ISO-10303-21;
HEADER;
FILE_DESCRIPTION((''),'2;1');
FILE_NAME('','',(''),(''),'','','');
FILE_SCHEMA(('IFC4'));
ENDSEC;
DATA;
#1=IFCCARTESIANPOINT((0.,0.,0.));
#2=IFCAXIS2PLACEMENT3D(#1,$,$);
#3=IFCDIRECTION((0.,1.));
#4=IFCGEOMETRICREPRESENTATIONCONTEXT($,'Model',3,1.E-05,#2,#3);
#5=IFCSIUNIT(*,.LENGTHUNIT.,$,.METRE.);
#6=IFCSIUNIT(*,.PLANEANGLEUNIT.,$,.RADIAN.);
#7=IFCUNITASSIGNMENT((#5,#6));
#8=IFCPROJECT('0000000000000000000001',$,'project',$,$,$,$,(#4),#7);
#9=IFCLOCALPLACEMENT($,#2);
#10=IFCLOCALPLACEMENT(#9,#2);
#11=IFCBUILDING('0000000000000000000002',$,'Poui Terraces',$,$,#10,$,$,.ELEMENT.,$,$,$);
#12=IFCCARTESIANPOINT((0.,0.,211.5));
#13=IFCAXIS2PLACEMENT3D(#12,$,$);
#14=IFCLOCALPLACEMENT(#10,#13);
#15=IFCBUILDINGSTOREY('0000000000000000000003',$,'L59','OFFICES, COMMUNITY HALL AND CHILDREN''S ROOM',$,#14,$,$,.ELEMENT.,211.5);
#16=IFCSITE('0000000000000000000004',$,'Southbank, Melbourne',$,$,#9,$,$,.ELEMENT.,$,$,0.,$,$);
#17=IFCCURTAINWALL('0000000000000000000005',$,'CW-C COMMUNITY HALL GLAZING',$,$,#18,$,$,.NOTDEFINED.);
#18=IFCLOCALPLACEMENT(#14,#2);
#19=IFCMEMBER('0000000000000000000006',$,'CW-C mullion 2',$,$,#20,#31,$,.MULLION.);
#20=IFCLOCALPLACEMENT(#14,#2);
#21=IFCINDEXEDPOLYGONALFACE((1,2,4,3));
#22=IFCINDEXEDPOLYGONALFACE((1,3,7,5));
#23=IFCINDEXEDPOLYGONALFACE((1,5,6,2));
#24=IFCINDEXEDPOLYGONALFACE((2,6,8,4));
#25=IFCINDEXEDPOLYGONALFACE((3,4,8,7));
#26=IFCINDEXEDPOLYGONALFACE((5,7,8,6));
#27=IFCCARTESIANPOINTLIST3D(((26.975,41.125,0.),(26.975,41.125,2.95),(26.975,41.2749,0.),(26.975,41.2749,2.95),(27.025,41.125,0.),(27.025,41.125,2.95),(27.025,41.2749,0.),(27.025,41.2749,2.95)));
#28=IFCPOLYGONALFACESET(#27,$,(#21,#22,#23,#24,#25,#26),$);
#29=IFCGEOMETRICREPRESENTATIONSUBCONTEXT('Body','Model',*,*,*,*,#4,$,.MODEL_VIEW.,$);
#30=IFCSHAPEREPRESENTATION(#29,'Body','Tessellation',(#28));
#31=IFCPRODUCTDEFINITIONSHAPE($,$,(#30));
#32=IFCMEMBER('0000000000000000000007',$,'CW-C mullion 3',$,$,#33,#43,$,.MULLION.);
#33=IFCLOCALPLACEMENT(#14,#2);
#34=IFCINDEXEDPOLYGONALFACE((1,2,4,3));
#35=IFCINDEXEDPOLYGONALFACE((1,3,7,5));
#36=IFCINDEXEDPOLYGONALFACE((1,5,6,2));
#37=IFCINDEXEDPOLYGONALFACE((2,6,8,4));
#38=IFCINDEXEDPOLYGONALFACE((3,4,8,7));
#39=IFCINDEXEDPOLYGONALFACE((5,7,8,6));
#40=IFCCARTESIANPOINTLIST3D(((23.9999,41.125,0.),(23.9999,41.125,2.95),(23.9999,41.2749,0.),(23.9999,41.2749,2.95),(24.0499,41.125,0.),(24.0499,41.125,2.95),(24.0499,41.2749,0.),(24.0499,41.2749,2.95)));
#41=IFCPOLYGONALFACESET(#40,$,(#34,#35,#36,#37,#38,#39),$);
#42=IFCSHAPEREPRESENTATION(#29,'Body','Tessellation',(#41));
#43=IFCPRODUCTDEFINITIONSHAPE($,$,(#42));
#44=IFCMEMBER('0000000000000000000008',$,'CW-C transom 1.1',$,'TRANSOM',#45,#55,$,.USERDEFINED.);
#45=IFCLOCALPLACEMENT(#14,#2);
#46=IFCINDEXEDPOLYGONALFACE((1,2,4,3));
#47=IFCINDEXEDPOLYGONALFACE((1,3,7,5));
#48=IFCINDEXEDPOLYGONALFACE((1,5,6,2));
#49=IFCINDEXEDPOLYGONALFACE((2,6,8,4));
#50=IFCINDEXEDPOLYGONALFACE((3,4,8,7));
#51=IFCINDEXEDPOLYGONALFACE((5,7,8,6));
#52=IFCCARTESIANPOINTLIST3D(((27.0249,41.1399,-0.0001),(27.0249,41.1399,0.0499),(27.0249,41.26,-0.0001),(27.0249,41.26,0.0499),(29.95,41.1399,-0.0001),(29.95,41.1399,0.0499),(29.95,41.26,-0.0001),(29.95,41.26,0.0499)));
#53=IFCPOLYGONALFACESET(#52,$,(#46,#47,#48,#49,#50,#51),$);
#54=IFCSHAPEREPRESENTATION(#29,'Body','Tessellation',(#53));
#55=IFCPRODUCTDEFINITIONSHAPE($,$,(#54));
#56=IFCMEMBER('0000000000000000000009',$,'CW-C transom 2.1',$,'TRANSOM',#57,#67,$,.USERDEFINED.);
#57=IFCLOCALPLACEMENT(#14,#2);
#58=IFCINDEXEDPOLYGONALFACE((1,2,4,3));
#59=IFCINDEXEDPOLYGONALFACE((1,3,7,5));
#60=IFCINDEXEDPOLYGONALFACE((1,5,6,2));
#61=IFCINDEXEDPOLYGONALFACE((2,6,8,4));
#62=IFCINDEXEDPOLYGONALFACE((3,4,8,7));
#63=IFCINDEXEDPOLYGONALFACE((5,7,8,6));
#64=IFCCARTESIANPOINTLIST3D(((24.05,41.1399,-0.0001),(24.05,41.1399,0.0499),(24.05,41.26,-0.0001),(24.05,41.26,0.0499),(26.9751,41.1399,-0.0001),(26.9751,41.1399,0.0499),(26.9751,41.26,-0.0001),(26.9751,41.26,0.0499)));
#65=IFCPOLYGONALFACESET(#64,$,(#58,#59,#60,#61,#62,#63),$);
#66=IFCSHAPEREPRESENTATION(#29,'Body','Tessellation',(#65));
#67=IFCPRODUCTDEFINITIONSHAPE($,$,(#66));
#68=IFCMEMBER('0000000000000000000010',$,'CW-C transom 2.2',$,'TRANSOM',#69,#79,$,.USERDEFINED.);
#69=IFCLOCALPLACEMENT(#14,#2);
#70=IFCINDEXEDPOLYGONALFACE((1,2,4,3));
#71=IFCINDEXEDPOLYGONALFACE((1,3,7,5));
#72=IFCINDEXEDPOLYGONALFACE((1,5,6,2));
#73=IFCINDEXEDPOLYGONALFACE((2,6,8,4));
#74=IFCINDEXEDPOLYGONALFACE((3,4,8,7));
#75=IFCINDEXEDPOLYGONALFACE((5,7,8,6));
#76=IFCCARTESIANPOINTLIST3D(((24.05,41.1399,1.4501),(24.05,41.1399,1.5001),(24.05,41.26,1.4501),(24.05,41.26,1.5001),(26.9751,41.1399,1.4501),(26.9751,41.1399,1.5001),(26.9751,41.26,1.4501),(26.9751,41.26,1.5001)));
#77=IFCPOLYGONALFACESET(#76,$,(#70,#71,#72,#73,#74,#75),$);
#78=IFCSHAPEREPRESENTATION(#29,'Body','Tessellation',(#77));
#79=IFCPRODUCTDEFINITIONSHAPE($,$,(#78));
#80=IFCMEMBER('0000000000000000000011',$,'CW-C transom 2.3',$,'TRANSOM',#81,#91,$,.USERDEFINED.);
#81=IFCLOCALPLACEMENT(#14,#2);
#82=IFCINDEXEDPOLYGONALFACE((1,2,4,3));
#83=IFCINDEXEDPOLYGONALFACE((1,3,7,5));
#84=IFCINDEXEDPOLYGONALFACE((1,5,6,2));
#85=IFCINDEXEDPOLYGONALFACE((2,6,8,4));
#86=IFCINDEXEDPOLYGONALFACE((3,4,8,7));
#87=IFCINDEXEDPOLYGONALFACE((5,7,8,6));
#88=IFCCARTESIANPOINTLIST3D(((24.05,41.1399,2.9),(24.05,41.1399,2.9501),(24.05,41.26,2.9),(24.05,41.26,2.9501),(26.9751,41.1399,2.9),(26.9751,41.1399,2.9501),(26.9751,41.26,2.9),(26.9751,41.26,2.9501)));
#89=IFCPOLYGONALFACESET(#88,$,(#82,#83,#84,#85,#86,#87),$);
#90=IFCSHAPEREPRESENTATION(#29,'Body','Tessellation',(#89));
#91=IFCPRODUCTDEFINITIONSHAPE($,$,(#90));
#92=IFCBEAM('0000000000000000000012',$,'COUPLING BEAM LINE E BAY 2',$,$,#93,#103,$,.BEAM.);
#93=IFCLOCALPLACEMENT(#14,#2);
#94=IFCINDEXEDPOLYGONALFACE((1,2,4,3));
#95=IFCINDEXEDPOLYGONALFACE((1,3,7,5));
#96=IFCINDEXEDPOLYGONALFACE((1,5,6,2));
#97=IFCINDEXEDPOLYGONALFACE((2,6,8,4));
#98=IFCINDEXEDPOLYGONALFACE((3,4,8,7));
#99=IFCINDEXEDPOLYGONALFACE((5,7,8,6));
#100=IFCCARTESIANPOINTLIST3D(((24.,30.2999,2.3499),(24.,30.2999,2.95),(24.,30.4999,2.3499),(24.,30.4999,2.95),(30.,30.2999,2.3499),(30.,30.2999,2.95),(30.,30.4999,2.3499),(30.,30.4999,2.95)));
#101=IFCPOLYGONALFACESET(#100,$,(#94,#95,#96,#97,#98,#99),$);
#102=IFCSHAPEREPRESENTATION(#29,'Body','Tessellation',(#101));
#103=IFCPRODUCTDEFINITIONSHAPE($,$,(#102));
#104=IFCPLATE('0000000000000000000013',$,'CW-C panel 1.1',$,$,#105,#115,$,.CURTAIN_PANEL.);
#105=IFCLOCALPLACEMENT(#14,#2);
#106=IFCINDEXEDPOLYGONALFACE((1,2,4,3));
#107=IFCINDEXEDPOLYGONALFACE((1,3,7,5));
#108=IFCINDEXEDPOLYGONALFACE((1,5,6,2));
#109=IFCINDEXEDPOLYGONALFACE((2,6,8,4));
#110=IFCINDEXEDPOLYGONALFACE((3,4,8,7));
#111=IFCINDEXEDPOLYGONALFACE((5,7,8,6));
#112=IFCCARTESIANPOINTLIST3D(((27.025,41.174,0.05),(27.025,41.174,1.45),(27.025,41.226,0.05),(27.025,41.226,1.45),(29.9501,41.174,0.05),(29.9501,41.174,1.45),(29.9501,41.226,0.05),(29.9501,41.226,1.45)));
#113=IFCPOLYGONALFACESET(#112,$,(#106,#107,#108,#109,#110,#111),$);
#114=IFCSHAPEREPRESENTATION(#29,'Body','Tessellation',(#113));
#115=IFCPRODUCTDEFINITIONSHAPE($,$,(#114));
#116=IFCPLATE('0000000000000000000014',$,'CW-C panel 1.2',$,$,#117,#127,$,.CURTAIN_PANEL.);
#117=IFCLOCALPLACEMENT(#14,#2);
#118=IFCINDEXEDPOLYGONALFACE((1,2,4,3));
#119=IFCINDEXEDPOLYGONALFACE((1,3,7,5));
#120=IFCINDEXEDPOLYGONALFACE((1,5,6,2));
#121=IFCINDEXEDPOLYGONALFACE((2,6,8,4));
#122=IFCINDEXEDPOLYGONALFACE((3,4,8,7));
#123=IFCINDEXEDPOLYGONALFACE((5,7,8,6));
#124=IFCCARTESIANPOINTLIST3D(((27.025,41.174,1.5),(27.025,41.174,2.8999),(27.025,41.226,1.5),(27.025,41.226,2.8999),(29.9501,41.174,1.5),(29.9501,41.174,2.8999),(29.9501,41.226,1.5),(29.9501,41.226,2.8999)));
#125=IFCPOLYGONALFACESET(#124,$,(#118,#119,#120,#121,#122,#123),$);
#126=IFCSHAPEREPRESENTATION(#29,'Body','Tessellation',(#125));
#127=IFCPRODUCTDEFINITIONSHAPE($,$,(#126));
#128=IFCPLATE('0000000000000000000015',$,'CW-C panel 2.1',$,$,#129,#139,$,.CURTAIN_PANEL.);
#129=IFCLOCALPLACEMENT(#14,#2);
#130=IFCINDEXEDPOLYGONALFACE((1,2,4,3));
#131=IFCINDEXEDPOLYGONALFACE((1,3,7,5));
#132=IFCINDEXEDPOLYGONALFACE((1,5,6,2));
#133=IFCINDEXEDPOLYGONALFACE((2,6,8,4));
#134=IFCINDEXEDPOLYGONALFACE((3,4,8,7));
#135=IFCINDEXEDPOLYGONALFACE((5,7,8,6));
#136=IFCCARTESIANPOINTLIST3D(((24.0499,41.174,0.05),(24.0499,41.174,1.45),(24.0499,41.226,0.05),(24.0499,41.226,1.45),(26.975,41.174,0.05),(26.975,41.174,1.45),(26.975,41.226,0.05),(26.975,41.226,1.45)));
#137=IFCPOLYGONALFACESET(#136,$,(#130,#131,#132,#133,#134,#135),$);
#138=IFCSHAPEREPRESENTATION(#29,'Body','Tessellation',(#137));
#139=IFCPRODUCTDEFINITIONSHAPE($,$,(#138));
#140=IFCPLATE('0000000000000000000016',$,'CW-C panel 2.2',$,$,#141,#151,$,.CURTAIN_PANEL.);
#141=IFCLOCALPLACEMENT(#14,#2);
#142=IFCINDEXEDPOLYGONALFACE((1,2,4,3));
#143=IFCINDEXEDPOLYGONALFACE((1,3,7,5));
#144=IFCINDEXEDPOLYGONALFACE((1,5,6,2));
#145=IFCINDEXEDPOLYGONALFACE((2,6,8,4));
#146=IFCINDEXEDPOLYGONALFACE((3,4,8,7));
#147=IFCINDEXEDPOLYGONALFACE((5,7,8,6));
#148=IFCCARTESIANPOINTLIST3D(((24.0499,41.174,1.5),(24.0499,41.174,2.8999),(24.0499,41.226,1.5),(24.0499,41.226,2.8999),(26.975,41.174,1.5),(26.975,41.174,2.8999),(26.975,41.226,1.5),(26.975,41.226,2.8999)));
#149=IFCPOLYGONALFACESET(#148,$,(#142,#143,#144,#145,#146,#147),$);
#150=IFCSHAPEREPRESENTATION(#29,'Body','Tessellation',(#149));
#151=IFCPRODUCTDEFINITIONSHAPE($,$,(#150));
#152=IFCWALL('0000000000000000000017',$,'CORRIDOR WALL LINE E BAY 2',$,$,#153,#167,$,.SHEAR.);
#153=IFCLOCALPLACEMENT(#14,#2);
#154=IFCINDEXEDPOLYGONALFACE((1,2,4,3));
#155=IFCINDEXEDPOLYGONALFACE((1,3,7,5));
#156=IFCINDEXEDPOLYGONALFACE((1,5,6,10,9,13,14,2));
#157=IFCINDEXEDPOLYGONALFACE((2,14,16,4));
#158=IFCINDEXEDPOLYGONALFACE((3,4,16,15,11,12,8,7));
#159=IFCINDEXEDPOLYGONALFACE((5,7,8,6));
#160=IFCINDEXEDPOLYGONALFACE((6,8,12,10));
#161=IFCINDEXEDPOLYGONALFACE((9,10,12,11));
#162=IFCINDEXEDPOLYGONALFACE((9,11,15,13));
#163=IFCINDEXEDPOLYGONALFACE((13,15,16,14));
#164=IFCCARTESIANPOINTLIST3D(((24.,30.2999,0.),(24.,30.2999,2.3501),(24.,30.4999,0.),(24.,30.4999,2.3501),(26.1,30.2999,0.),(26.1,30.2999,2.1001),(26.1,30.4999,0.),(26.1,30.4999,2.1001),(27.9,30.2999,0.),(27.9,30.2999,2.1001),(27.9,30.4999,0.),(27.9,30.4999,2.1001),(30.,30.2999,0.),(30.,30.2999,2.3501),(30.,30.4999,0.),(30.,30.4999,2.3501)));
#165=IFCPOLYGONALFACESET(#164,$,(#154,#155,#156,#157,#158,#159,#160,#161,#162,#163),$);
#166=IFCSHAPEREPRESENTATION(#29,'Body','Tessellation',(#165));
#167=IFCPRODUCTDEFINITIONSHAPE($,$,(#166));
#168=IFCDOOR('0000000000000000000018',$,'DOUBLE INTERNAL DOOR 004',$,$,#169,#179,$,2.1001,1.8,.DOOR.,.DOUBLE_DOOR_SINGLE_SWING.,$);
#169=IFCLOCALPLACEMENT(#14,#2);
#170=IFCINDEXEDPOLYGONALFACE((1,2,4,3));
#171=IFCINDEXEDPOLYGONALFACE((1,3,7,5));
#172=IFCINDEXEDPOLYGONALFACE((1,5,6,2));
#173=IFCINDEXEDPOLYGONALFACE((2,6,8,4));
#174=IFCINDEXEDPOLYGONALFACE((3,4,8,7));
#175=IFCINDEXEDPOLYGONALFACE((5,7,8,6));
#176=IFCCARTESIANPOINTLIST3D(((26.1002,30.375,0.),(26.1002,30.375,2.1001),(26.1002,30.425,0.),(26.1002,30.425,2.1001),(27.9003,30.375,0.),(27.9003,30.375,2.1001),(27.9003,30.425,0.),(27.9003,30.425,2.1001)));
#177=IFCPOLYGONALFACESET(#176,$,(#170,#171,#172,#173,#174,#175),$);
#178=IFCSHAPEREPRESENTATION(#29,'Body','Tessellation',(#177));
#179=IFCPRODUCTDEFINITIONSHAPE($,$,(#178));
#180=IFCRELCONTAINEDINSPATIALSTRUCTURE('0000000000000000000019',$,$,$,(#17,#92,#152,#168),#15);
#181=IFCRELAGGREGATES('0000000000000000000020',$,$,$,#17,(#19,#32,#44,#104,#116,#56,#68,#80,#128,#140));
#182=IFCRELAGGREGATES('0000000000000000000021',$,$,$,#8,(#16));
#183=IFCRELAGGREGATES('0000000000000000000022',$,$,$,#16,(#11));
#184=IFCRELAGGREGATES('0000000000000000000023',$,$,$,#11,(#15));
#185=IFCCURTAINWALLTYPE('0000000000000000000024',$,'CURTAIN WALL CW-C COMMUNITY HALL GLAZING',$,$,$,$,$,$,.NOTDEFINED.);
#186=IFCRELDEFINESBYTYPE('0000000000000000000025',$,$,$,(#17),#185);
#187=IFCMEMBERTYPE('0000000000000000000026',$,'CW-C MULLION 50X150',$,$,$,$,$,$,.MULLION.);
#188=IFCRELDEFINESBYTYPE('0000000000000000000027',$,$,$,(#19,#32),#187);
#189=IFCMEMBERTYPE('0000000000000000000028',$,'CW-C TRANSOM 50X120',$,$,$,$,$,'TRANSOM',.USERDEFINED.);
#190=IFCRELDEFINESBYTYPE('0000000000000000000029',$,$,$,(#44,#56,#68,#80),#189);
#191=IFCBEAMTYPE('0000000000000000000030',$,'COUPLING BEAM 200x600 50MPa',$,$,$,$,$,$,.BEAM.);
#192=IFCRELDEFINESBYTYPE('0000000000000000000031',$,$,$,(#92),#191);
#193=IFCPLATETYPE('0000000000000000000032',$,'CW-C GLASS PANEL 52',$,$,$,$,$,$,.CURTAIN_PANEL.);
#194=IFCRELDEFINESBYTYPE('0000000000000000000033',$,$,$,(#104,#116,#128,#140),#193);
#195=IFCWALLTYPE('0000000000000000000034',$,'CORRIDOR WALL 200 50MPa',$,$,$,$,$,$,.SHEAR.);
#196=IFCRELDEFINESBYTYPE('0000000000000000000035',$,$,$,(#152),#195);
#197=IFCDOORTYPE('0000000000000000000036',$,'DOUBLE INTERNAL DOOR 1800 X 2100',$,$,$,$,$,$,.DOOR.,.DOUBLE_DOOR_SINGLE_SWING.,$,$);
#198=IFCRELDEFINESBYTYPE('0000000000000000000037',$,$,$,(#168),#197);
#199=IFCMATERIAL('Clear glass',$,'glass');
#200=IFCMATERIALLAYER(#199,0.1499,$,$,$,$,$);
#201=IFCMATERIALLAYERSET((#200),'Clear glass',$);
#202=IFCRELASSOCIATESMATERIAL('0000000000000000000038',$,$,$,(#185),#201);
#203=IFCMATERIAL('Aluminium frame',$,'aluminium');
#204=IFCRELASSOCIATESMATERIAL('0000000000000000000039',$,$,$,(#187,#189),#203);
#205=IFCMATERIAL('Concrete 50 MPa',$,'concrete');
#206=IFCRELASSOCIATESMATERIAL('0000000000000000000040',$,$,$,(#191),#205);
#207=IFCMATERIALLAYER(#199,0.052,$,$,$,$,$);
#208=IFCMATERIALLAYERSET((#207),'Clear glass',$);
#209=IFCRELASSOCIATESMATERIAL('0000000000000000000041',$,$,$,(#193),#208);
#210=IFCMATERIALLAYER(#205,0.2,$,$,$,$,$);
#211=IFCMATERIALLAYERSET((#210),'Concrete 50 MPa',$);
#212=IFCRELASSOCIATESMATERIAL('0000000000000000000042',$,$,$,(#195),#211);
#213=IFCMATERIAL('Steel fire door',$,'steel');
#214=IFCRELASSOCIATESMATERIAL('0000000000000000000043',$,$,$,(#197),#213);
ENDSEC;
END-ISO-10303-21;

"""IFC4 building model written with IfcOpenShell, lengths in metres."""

from ifc_helpers import new_model, si_unit, direction, frame, frame_2d, origin, origin_2d, place, context, subcontext, project, spatial, rectangle, extrude, source, transform, mapped, material, layer, layer_set, material_profile, profile_set, type_object, element, fill, aggregate, save


model = new_model("IFC4")

# Units and contexts
model_context = context("Model", 3, precision=1e-05, world=origin(), true_north=direction((0.0, 1.0)))
body_context = subcontext(model_context, "Body", "Model", "MODEL_VIEW")
ifc_project = project(units=[si_unit("LENGTHUNIT", "METRE"), si_unit("PLANEANGLEUNIT", "RADIAN")], contexts=[model_context])

# Site, building, storey
site_placement = place(None, origin())
site = spatial("IfcSite", under=ifc_project, at=site_placement, Name="Southbank, Melbourne", CompositionType="ELEMENT", RefElevation=0.0)
building_placement = place(site_placement, origin())
building = spatial("IfcBuilding", under=site, at=building_placement, Name="Poui Terraces", CompositionType="ELEMENT")
storey_placement = place(building_placement, frame((0.0, 0.0, 211.5)))
storey = spatial("IfcBuildingStorey", under=building, at=storey_placement, Name="L59", Description="OFFICES, COMMUNITY HALL AND CHILDREN'S ROOM", CompositionType="ELEMENT", Elevation=211.5)

# Curtain wall, members
ifc_material_1 = material(Name="Clear glass", Category="glass")
ifc_layer_1 = layer(ifc_material_1, 0.1499)
ifc_layer_set_1 = layer_set([ifc_layer_1], Name="Clear glass")
curtain_wall_type = type_object("IfcCurtainWallType", Name="CURTAIN WALL CW-C COMMUNITY HALL GLAZING", PredefinedType="NOTDEFINED", material=ifc_layer_set_1)
curtain_wall_placement = place(storey_placement, origin())
curtain_wall = element("IfcCurtainWall", 1, at=curtain_wall_placement, inside=storey, type_object=curtain_wall_type, Name="CW-C COMMUNITY HALL GLAZING", PredefinedType="NOTDEFINED")
ifc_material_2 = material(Name="Aluminium frame", Category="aluminium")
ifc_material_profile_1 = material_profile(ifc_material_2, rectangle(XDim=0.1499, YDim=0.05, at=origin_2d()), Name="CW-C MULLION 50X150")
ifc_profile_set_1 = profile_set([ifc_material_profile_1], Name="Aluminium frame")
member_type_1 = type_object("IfcMemberType", Name="CW-C MULLION 50X150", PredefinedType="MULLION", material=ifc_profile_set_1)
member_1_placement = place(storey_placement, frame((27.0, 41.2, 0.0), z_axis=(0.0, 0.0, 1.0), x_axis=(0.0, -1.0, 0.0)))
member_1 = element("IfcMember", 2, at=member_1_placement, type_object=member_type_1, Name="CW-C mullion 2", PredefinedType="MULLION", context=body_context, shape_type="SweptSolid", body=[
    extrude(rectangle(XDim=0.1499, YDim=0.05, at=origin_2d()), origin(), (0.0, 0.0, 1.0), 2.95),
])
member_2_placement = place(storey_placement, frame((24.0249, 41.2, 0.0), z_axis=(0.0, 0.0, 1.0), x_axis=(0.0, -1.0, 0.0)))
member_2 = element("IfcMember", 3, at=member_2_placement, type_object=member_type_1, Name="CW-C mullion 3", PredefinedType="MULLION", context=body_context, shape_type="SweptSolid", body=[
    extrude(rectangle(XDim=0.1499, YDim=0.05, at=origin_2d()), origin(), (0.0, 0.0, 1.0), 2.95),
])
ifc_material_profile_2 = material_profile(ifc_material_2, rectangle(XDim=0.1201, YDim=0.05, at=origin_2d()), Name="CW-C TRANSOM 50X120")
ifc_profile_set_2 = profile_set([ifc_material_profile_2], Name="Aluminium frame")
member_type_2 = type_object("IfcMemberType", Name="CW-C TRANSOM 50X120", ElementType="TRANSOM", PredefinedType="USERDEFINED", material=ifc_profile_set_2)
member_3_placement = place(storey_placement, frame((29.95, 41.2, 0.0249), z_axis=(-1.0, 0.0, 0.0), x_axis=(0.0, -1.0, 0.0)))
member_3 = element("IfcMember", 4, at=member_3_placement, type_object=member_type_2, Name="CW-C transom 1.1", ObjectType="TRANSOM", PredefinedType="USERDEFINED", context=body_context, shape_type="SweptSolid", body=[
    extrude(rectangle(XDim=0.1201, YDim=0.05, at=origin_2d()), origin(), (0.0, 0.0, 1.0), 2.925),
])
member_4_placement = place(storey_placement, frame((26.9751, 41.2, 0.0249), z_axis=(-1.0, 0.0, 0.0), x_axis=(0.0, -1.0, 0.0)))
member_4 = element("IfcMember", 5, at=member_4_placement, type_object=member_type_2, Name="CW-C transom 2.1", ObjectType="TRANSOM", PredefinedType="USERDEFINED", context=body_context, shape_type="SweptSolid", body=[
    extrude(rectangle(XDim=0.1201, YDim=0.05, at=origin_2d()), origin(), (0.0, 0.0, 1.0), 2.925),
])
member_5_placement = place(storey_placement, frame((26.9751, 41.2, 1.4751), z_axis=(-1.0, 0.0, 0.0), x_axis=(0.0, -1.0, 0.0)))
member_5 = element("IfcMember", 6, at=member_5_placement, type_object=member_type_2, Name="CW-C transom 2.2", ObjectType="TRANSOM", PredefinedType="USERDEFINED", context=body_context, shape_type="SweptSolid", body=[
    extrude(rectangle(XDim=0.1201, YDim=0.05, at=origin_2d()), origin(), (0.0, 0.0, 1.0), 2.925),
])
member_6_placement = place(storey_placement, frame((26.9751, 41.2, 2.925), z_axis=(-1.0, 0.0, 0.0), x_axis=(0.0, -1.0, 0.0)))
member_6 = element("IfcMember", 7, at=member_6_placement, type_object=member_type_2, Name="CW-C transom 2.3", ObjectType="TRANSOM", PredefinedType="USERDEFINED", context=body_context, shape_type="SweptSolid", body=[
    extrude(rectangle(XDim=0.1201, YDim=0.05, at=origin_2d()), origin(), (0.0, 0.0, 1.0), 2.925),
])

# Beam
ifc_material_3 = material(Name="Concrete 50 MPa", Category="concrete")
ifc_material_profile_3 = material_profile(ifc_material_3, rectangle(XDim=0.2, YDim=0.6001, at=origin_2d()), Name="RC 200x600")
ifc_profile_set_3 = profile_set([ifc_material_profile_3], Name="Concrete 50 MPa")
beam_type = type_object("IfcBeamType", Name="COUPLING BEAM 200x600 50MPa", PredefinedType="BEAM", material=ifc_profile_set_3)
shared_shape = source(origin(), body_context, "Body", "SweptSolid", [
    extrude(rectangle(XDim=0.2, YDim=0.6001, at=origin_2d()), origin(), (0.0, 0.0, 1.0), 6.0),
])
beam_placement = place(storey_placement, frame((24.0, 30.3999, 2.6499), z_axis=(1.0, 0.0, 0.0), x_axis=(0.0, 1.0, 0.0)))
element("IfcBeam", 8, at=beam_placement, inside=storey, type_object=beam_type, Name="COUPLING BEAM LINE E BAY 2", PredefinedType="BEAM", context=body_context, shape_type="MappedRepresentation", body=[
    mapped(shared_shape, transform((0.0, 0.0, 0.0))),
])

# Plates
ifc_layer_2 = layer(ifc_material_1, 0.052)
ifc_layer_set_2 = layer_set([ifc_layer_2], Name="Clear glass")
plate_type = type_object("IfcPlateType", Name="CW-C GLASS PANEL 52", PredefinedType="CURTAIN_PANEL", material=ifc_layer_set_2)
plate_1_placement = place(storey_placement, frame((28.4875, 41.2, 0.05), z_axis=(0.0, 0.0, 1.0), x_axis=(-1.0, 0.0, 0.0)))
plate_1 = element("IfcPlate", 9, at=plate_1_placement, type_object=plate_type, Name="CW-C panel 1.1", PredefinedType="CURTAIN_PANEL", context=body_context, shape_type="SweptSolid", body=[
    extrude(rectangle(XDim=2.925, YDim=0.052, at=origin_2d()), origin(), (0.0, 0.0, 1.0), 1.3999),
])
plate_2_placement = place(storey_placement, frame((28.4875, 41.2, 1.5), z_axis=(0.0, 0.0, 1.0), x_axis=(-1.0, 0.0, 0.0)))
plate_2 = element("IfcPlate", 10, at=plate_2_placement, type_object=plate_type, Name="CW-C panel 1.2", PredefinedType="CURTAIN_PANEL", context=body_context, shape_type="SweptSolid", body=[
    extrude(rectangle(XDim=2.925, YDim=0.052, at=origin_2d()), origin(), (0.0, 0.0, 1.0), 1.3999),
])
plate_3_placement = place(storey_placement, frame((25.5125, 41.2, 0.05), z_axis=(0.0, 0.0, 1.0), x_axis=(-1.0, 0.0, 0.0)))
plate_3 = element("IfcPlate", 11, at=plate_3_placement, type_object=plate_type, Name="CW-C panel 2.1", PredefinedType="CURTAIN_PANEL", context=body_context, shape_type="SweptSolid", body=[
    extrude(rectangle(XDim=2.925, YDim=0.052, at=origin_2d()), origin(), (0.0, 0.0, 1.0), 1.3999),
])
plate_4_placement = place(storey_placement, frame((25.5125, 41.2, 1.5), z_axis=(0.0, 0.0, 1.0), x_axis=(-1.0, 0.0, 0.0)))
plate_4 = element("IfcPlate", 12, at=plate_4_placement, type_object=plate_type, Name="CW-C panel 2.2", PredefinedType="CURTAIN_PANEL", context=body_context, shape_type="SweptSolid", body=[
    extrude(rectangle(XDim=2.925, YDim=0.052, at=origin_2d()), origin(), (0.0, 0.0, 1.0), 1.3999),
])
aggregate(curtain_wall, [member_1, member_2, member_3, plate_1, plate_2, member_4, member_5, member_6, plate_3, plate_4])

# Wall, opening, door
ifc_layer_3 = layer(ifc_material_3, 0.2)
ifc_layer_set_3 = layer_set([ifc_layer_3], Name="Concrete 50 MPa")
wall_type_1 = type_object("IfcWallType", Name="CORRIDOR WALL 200 50MPa", PredefinedType="SHEAR", material=ifc_layer_set_3)
wall_1_placement = place(storey_placement, frame((24.0, 30.3999, 0.0), z_axis=(0.0, 0.0, 1.0), x_axis=(1.0, 0.0, 0.0)))
wall_1 = element("IfcWall", 13, at=wall_1_placement, inside=storey, type_object=wall_type_1, Name="CORRIDOR WALL LINE E BAY 2", PredefinedType="SHEAR", context=body_context, shape_type="SweptSolid", body=[
    extrude(rectangle(XDim=6.0, YDim=0.2, at=frame_2d((3.0, 0.0))), origin(), (0.0, 0.0, 1.0), 2.3501),
])
opening_1_placement = place(wall_1_placement, frame((2.1001, 0.0, 0.0)))
opening_1 = element("IfcOpeningElement", 14, at=opening_1_placement, cuts=wall_1, PredefinedType="OPENING", context=body_context, shape_type="SweptSolid", body=[
    extrude(rectangle(XDim=1.8, YDim=2.1001, at=frame_2d((0.8999, 1.05))), frame((0.0, 0.1099, 0.0), z_axis=(0.0, -1.0, 0.0), x_axis=(1.0, 0.0, 0.0)), (0.0, 0.0, 1.0), 0.22),
])
ifc_material_4 = material(Name="Steel fire door", Category="steel")
door_type = type_object("IfcDoorType", Name="DOUBLE INTERNAL DOOR 1800 X 2100", OperationType="DOUBLE_DOOR_SINGLE_SWING", PredefinedType="DOOR", material=ifc_material_4)
door_1_placement = place(opening_1_placement, frame((1.8, 0.0, 0.0), z_axis=(0.0, 0.0, 1.0), x_axis=(-1.0, 0.0, 0.0)))
door_1 = element("IfcDoor", 15, at=door_1_placement, inside=storey, type_object=door_type, Name="DOUBLE INTERNAL DOOR 004", OperationType="DOUBLE_DOOR_SINGLE_SWING", OverallHeight=2.1001, OverallWidth=1.8, PredefinedType="DOOR", context=body_context, shape_type="SweptSolid", body=[
    extrude(rectangle(XDim=1.8, YDim=2.1001, at=frame_2d((0.8999, 1.05))), frame((0.0, 0.0249, 0.0), z_axis=(0.0, -1.0, 0.0), x_axis=(1.0, 0.0, 0.0)), (0.0, 0.0, 1.0), 0.05),
])
fill(opening_1, door_1)

save(model, "model.ifc")
